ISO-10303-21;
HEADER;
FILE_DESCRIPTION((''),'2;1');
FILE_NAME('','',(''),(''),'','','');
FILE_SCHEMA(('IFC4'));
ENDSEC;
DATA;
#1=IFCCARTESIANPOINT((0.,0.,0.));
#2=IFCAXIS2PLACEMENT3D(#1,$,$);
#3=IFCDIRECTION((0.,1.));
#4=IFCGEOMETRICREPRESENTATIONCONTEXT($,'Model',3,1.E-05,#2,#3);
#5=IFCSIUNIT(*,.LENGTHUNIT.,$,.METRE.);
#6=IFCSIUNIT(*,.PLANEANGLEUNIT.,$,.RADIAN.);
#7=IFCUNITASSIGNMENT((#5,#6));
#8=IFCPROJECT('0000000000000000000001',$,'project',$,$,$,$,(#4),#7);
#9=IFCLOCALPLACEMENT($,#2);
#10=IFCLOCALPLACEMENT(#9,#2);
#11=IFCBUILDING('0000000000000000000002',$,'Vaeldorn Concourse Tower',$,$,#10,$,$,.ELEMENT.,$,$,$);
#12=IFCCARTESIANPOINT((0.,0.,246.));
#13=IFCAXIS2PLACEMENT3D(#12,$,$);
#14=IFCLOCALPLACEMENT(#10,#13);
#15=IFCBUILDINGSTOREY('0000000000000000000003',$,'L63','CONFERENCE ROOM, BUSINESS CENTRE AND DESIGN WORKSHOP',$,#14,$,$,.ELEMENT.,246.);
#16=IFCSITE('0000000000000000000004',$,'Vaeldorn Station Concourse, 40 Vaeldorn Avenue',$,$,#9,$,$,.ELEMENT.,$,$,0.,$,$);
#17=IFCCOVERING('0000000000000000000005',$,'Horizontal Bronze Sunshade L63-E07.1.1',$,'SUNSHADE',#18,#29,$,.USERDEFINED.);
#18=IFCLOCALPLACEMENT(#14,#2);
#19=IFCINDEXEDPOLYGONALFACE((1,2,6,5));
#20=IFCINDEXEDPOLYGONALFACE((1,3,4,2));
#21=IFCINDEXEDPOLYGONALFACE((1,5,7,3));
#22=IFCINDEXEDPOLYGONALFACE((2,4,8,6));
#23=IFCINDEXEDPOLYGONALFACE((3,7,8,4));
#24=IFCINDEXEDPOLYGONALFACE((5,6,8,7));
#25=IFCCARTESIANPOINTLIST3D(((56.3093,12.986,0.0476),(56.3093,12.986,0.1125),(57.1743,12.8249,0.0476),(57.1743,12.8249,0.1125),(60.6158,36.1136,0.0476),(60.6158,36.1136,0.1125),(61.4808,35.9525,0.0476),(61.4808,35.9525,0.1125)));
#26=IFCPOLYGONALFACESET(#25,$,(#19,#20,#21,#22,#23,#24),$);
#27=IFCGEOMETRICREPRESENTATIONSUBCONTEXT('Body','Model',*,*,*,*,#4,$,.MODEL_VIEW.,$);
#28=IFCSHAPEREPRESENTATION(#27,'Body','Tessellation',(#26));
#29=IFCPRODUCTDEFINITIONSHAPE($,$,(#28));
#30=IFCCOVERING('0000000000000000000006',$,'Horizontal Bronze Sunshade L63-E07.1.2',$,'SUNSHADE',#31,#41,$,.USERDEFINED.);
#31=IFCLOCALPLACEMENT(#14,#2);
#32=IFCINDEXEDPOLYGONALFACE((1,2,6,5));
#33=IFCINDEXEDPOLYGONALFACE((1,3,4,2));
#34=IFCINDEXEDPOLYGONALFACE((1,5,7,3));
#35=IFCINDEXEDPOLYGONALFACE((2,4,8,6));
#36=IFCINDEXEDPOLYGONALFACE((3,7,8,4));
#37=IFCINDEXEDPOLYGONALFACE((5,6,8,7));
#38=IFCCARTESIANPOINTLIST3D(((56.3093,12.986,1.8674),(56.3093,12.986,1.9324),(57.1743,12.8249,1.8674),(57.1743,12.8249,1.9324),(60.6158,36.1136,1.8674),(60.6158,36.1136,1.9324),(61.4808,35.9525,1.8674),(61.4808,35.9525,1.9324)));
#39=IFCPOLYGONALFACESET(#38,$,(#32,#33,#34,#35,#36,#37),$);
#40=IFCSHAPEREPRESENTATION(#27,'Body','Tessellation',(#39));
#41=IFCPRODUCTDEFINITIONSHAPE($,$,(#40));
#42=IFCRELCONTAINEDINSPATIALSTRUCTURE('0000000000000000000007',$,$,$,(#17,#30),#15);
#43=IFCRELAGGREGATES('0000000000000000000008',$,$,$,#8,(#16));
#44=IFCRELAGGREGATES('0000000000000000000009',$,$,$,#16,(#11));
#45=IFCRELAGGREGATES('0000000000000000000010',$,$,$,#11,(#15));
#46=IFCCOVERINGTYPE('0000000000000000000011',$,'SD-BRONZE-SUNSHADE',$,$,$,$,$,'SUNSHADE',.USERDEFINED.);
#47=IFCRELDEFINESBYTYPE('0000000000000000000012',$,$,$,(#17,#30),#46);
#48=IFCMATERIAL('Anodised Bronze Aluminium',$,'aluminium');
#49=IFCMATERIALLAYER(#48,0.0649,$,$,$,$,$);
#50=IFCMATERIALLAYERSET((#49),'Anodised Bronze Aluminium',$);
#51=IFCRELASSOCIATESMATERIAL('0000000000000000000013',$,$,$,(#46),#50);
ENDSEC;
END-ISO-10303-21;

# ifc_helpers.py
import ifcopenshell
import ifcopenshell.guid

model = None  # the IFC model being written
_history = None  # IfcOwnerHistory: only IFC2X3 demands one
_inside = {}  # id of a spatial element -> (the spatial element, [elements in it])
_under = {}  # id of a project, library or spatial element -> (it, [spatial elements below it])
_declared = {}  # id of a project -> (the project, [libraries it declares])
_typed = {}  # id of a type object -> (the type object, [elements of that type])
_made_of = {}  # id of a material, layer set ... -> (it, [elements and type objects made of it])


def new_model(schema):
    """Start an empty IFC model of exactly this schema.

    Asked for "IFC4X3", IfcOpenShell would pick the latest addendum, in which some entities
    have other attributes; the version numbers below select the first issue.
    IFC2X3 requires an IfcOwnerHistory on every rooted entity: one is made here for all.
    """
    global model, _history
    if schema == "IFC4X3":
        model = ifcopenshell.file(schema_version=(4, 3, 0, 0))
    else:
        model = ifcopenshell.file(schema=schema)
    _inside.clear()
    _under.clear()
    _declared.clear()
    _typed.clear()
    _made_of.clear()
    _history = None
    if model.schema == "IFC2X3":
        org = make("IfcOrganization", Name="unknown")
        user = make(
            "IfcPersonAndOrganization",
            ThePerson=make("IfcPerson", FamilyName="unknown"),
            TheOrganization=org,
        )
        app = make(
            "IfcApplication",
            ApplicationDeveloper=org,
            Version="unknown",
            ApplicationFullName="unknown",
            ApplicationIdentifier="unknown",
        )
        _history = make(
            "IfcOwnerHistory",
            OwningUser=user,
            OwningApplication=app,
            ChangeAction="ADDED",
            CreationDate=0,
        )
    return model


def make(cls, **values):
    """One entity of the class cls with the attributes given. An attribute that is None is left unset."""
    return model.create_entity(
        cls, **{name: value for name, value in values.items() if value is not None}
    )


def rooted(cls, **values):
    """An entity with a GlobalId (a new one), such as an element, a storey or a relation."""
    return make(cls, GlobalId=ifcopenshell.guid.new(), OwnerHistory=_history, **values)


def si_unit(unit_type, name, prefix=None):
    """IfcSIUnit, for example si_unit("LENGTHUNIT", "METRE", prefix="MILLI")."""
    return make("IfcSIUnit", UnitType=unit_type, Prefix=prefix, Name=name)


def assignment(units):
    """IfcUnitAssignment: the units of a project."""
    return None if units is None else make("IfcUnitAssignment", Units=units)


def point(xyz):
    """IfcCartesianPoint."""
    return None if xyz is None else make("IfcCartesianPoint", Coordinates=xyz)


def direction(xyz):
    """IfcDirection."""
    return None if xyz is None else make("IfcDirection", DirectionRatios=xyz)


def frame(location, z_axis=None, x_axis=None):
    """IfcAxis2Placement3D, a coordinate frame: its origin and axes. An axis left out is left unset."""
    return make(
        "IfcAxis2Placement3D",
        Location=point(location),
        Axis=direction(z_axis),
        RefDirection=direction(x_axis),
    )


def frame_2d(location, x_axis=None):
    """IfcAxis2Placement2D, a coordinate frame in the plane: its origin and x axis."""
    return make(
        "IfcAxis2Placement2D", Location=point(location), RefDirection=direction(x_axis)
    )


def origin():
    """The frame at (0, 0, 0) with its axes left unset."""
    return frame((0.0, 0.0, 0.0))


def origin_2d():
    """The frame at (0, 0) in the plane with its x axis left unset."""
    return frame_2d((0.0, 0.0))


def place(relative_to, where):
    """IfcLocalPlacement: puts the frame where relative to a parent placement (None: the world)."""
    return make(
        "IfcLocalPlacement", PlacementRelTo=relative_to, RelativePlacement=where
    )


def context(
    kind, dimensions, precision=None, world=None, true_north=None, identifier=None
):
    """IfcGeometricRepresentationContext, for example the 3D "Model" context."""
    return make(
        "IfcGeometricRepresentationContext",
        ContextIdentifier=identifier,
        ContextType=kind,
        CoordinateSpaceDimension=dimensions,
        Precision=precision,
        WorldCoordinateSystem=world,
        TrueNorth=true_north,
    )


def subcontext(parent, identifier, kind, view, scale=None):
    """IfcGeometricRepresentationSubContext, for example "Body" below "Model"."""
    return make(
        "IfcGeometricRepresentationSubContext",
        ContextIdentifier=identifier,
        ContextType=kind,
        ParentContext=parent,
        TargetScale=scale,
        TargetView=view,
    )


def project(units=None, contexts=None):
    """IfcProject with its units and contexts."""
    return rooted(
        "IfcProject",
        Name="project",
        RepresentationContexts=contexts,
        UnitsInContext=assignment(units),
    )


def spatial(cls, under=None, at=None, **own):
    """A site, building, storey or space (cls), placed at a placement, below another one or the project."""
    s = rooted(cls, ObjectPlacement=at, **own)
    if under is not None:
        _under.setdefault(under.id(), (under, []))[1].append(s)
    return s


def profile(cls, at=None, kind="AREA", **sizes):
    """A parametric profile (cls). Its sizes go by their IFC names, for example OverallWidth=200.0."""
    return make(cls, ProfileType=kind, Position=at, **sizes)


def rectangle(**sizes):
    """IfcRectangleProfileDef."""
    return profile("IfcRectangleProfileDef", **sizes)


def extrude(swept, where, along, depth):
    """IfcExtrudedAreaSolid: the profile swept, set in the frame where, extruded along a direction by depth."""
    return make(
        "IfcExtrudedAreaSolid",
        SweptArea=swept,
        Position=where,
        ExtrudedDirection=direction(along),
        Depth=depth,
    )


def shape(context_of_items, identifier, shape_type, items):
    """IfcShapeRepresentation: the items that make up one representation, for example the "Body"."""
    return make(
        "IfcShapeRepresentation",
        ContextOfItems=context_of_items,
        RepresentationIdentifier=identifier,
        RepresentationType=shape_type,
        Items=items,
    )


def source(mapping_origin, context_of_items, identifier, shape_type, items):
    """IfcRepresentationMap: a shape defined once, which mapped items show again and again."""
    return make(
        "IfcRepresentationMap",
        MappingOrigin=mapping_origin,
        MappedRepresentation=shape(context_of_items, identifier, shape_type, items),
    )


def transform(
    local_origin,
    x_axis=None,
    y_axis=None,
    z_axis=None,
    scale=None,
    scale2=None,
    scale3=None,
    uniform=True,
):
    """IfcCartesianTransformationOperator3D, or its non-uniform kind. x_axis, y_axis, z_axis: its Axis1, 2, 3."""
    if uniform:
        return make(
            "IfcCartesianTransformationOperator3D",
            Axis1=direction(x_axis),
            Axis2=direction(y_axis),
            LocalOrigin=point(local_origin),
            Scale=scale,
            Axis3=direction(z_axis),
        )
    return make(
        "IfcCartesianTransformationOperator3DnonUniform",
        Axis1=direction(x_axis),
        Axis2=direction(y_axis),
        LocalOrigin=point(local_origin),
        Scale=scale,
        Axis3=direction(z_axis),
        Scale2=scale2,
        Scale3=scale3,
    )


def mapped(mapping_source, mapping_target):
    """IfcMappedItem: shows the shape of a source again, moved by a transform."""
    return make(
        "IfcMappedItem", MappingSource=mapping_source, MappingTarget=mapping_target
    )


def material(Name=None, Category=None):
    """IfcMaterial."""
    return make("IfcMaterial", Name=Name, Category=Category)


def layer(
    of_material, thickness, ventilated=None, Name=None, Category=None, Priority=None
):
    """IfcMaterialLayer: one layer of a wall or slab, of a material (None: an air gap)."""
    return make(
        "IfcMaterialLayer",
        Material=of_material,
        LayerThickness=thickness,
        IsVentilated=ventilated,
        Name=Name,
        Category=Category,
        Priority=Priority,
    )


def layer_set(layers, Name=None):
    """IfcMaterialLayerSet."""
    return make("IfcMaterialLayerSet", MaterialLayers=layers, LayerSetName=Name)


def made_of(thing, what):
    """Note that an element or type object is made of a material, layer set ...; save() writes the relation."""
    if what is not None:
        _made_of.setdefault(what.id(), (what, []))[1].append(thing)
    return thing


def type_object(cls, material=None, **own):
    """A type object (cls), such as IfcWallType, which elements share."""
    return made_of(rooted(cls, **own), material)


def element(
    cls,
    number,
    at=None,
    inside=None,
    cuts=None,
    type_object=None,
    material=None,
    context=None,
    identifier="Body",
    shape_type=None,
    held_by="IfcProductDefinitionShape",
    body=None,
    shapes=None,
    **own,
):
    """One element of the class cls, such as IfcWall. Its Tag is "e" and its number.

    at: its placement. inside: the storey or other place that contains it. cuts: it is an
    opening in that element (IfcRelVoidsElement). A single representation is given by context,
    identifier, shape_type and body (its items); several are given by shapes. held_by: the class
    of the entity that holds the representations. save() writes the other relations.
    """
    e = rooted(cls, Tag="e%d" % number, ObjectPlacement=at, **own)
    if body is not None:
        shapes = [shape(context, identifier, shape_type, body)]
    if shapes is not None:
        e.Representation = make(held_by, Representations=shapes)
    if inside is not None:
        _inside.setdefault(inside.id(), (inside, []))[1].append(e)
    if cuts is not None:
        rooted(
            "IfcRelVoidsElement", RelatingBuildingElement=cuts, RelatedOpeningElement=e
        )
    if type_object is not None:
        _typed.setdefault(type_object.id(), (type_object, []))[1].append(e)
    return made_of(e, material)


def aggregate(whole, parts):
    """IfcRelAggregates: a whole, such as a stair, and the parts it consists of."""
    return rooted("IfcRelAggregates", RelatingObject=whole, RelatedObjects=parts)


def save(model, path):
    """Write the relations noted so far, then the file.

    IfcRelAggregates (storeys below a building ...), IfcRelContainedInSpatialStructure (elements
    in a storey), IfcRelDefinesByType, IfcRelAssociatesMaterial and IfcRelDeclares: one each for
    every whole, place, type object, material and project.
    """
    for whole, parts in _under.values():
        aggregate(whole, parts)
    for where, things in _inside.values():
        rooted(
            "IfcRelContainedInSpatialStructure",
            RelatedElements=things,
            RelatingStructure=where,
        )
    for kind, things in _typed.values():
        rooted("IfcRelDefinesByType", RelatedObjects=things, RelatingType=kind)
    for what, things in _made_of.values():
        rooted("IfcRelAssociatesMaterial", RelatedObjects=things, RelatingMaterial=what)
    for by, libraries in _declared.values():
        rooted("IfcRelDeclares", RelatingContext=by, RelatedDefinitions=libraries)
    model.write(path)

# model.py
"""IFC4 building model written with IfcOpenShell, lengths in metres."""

from ifc_helpers import new_model, si_unit, direction, frame, origin, origin_2d, place, context, subcontext, project, spatial, rectangle, extrude, source, transform, mapped, material, layer, layer_set, type_object, element, save


model = new_model("IFC4")

# Units and contexts
model_context = context("Model", 3, precision=1e-05, world=origin(), true_north=direction((0.0, 1.0)))
body_context = subcontext(model_context, "Body", "Model", "MODEL_VIEW")
ifc_project = project(units=[si_unit("LENGTHUNIT", "METRE"), si_unit("PLANEANGLEUNIT", "RADIAN")], contexts=[model_context])

# Site, building, storey
site_placement = place(None, origin())
site = spatial("IfcSite", under=ifc_project, at=site_placement, Name="Vaeldorn Station Concourse, 40 Vaeldorn Avenue", CompositionType="ELEMENT", RefElevation=0.0)
building_placement = place(site_placement, origin())
building = spatial("IfcBuilding", under=site, at=building_placement, Name="Vaeldorn Concourse Tower", CompositionType="ELEMENT")
storey_placement = place(building_placement, frame((0.0, 0.0, 246.0)))
storey = spatial("IfcBuildingStorey", under=building, at=storey_placement, Name="L63", Description="CONFERENCE ROOM, BUSINESS CENTRE AND DESIGN WORKSHOP", CompositionType="ELEMENT", Elevation=246.0)

# Shared definitions
ifc_material_1 = material(Name="Anodised Bronze Aluminium", Category="aluminium")

# Coverings
ifc_layer_1 = layer(ifc_material_1, 0.0649)
ifc_layer_set_1 = layer_set([ifc_layer_1], Name="Anodised Bronze Aluminium")
covering_type = type_object("IfcCoveringType", Name="SD-BRONZE-SUNSHADE", ElementType="SUNSHADE", PredefinedType="USERDEFINED", material=ifc_layer_set_1)
shared_shape_1 = source(origin(), body_context, "Body", "SweptSolid", [
    extrude(rectangle(XDim=23.5251, YDim=0.8799, at=origin_2d()), origin(), (0.0, 0.0, 1.0), 0.0649),
])
for number, where, z_axis, x_axis, name in (
    (1, (58.895, 24.4692, 0.0476), (0.0, 0.0, 1.0), (0.183059, 0.983102, 0.0), "Horizontal Bronze Sunshade L63-E07.1.1"),
    (2, (58.895, 24.4692, 1.8674), (0.0, 0.0, 1.0), (0.183059, 0.983102, 0.0), "Horizontal Bronze Sunshade L63-E07.1.2"),
):
    element("IfcCovering", number, at=place(storey_placement, frame(where, z_axis=z_axis, x_axis=x_axis)), inside=storey, type_object=covering_type, Name=name, ObjectType="SUNSHADE", PredefinedType="USERDEFINED", context=body_context, shape_type="MappedRepresentation", body=[
        mapped(shared_shape_1, transform((0.0, 0.0, 0.0), scale=1.0)),
    ])

save(model, "model.ifc")
